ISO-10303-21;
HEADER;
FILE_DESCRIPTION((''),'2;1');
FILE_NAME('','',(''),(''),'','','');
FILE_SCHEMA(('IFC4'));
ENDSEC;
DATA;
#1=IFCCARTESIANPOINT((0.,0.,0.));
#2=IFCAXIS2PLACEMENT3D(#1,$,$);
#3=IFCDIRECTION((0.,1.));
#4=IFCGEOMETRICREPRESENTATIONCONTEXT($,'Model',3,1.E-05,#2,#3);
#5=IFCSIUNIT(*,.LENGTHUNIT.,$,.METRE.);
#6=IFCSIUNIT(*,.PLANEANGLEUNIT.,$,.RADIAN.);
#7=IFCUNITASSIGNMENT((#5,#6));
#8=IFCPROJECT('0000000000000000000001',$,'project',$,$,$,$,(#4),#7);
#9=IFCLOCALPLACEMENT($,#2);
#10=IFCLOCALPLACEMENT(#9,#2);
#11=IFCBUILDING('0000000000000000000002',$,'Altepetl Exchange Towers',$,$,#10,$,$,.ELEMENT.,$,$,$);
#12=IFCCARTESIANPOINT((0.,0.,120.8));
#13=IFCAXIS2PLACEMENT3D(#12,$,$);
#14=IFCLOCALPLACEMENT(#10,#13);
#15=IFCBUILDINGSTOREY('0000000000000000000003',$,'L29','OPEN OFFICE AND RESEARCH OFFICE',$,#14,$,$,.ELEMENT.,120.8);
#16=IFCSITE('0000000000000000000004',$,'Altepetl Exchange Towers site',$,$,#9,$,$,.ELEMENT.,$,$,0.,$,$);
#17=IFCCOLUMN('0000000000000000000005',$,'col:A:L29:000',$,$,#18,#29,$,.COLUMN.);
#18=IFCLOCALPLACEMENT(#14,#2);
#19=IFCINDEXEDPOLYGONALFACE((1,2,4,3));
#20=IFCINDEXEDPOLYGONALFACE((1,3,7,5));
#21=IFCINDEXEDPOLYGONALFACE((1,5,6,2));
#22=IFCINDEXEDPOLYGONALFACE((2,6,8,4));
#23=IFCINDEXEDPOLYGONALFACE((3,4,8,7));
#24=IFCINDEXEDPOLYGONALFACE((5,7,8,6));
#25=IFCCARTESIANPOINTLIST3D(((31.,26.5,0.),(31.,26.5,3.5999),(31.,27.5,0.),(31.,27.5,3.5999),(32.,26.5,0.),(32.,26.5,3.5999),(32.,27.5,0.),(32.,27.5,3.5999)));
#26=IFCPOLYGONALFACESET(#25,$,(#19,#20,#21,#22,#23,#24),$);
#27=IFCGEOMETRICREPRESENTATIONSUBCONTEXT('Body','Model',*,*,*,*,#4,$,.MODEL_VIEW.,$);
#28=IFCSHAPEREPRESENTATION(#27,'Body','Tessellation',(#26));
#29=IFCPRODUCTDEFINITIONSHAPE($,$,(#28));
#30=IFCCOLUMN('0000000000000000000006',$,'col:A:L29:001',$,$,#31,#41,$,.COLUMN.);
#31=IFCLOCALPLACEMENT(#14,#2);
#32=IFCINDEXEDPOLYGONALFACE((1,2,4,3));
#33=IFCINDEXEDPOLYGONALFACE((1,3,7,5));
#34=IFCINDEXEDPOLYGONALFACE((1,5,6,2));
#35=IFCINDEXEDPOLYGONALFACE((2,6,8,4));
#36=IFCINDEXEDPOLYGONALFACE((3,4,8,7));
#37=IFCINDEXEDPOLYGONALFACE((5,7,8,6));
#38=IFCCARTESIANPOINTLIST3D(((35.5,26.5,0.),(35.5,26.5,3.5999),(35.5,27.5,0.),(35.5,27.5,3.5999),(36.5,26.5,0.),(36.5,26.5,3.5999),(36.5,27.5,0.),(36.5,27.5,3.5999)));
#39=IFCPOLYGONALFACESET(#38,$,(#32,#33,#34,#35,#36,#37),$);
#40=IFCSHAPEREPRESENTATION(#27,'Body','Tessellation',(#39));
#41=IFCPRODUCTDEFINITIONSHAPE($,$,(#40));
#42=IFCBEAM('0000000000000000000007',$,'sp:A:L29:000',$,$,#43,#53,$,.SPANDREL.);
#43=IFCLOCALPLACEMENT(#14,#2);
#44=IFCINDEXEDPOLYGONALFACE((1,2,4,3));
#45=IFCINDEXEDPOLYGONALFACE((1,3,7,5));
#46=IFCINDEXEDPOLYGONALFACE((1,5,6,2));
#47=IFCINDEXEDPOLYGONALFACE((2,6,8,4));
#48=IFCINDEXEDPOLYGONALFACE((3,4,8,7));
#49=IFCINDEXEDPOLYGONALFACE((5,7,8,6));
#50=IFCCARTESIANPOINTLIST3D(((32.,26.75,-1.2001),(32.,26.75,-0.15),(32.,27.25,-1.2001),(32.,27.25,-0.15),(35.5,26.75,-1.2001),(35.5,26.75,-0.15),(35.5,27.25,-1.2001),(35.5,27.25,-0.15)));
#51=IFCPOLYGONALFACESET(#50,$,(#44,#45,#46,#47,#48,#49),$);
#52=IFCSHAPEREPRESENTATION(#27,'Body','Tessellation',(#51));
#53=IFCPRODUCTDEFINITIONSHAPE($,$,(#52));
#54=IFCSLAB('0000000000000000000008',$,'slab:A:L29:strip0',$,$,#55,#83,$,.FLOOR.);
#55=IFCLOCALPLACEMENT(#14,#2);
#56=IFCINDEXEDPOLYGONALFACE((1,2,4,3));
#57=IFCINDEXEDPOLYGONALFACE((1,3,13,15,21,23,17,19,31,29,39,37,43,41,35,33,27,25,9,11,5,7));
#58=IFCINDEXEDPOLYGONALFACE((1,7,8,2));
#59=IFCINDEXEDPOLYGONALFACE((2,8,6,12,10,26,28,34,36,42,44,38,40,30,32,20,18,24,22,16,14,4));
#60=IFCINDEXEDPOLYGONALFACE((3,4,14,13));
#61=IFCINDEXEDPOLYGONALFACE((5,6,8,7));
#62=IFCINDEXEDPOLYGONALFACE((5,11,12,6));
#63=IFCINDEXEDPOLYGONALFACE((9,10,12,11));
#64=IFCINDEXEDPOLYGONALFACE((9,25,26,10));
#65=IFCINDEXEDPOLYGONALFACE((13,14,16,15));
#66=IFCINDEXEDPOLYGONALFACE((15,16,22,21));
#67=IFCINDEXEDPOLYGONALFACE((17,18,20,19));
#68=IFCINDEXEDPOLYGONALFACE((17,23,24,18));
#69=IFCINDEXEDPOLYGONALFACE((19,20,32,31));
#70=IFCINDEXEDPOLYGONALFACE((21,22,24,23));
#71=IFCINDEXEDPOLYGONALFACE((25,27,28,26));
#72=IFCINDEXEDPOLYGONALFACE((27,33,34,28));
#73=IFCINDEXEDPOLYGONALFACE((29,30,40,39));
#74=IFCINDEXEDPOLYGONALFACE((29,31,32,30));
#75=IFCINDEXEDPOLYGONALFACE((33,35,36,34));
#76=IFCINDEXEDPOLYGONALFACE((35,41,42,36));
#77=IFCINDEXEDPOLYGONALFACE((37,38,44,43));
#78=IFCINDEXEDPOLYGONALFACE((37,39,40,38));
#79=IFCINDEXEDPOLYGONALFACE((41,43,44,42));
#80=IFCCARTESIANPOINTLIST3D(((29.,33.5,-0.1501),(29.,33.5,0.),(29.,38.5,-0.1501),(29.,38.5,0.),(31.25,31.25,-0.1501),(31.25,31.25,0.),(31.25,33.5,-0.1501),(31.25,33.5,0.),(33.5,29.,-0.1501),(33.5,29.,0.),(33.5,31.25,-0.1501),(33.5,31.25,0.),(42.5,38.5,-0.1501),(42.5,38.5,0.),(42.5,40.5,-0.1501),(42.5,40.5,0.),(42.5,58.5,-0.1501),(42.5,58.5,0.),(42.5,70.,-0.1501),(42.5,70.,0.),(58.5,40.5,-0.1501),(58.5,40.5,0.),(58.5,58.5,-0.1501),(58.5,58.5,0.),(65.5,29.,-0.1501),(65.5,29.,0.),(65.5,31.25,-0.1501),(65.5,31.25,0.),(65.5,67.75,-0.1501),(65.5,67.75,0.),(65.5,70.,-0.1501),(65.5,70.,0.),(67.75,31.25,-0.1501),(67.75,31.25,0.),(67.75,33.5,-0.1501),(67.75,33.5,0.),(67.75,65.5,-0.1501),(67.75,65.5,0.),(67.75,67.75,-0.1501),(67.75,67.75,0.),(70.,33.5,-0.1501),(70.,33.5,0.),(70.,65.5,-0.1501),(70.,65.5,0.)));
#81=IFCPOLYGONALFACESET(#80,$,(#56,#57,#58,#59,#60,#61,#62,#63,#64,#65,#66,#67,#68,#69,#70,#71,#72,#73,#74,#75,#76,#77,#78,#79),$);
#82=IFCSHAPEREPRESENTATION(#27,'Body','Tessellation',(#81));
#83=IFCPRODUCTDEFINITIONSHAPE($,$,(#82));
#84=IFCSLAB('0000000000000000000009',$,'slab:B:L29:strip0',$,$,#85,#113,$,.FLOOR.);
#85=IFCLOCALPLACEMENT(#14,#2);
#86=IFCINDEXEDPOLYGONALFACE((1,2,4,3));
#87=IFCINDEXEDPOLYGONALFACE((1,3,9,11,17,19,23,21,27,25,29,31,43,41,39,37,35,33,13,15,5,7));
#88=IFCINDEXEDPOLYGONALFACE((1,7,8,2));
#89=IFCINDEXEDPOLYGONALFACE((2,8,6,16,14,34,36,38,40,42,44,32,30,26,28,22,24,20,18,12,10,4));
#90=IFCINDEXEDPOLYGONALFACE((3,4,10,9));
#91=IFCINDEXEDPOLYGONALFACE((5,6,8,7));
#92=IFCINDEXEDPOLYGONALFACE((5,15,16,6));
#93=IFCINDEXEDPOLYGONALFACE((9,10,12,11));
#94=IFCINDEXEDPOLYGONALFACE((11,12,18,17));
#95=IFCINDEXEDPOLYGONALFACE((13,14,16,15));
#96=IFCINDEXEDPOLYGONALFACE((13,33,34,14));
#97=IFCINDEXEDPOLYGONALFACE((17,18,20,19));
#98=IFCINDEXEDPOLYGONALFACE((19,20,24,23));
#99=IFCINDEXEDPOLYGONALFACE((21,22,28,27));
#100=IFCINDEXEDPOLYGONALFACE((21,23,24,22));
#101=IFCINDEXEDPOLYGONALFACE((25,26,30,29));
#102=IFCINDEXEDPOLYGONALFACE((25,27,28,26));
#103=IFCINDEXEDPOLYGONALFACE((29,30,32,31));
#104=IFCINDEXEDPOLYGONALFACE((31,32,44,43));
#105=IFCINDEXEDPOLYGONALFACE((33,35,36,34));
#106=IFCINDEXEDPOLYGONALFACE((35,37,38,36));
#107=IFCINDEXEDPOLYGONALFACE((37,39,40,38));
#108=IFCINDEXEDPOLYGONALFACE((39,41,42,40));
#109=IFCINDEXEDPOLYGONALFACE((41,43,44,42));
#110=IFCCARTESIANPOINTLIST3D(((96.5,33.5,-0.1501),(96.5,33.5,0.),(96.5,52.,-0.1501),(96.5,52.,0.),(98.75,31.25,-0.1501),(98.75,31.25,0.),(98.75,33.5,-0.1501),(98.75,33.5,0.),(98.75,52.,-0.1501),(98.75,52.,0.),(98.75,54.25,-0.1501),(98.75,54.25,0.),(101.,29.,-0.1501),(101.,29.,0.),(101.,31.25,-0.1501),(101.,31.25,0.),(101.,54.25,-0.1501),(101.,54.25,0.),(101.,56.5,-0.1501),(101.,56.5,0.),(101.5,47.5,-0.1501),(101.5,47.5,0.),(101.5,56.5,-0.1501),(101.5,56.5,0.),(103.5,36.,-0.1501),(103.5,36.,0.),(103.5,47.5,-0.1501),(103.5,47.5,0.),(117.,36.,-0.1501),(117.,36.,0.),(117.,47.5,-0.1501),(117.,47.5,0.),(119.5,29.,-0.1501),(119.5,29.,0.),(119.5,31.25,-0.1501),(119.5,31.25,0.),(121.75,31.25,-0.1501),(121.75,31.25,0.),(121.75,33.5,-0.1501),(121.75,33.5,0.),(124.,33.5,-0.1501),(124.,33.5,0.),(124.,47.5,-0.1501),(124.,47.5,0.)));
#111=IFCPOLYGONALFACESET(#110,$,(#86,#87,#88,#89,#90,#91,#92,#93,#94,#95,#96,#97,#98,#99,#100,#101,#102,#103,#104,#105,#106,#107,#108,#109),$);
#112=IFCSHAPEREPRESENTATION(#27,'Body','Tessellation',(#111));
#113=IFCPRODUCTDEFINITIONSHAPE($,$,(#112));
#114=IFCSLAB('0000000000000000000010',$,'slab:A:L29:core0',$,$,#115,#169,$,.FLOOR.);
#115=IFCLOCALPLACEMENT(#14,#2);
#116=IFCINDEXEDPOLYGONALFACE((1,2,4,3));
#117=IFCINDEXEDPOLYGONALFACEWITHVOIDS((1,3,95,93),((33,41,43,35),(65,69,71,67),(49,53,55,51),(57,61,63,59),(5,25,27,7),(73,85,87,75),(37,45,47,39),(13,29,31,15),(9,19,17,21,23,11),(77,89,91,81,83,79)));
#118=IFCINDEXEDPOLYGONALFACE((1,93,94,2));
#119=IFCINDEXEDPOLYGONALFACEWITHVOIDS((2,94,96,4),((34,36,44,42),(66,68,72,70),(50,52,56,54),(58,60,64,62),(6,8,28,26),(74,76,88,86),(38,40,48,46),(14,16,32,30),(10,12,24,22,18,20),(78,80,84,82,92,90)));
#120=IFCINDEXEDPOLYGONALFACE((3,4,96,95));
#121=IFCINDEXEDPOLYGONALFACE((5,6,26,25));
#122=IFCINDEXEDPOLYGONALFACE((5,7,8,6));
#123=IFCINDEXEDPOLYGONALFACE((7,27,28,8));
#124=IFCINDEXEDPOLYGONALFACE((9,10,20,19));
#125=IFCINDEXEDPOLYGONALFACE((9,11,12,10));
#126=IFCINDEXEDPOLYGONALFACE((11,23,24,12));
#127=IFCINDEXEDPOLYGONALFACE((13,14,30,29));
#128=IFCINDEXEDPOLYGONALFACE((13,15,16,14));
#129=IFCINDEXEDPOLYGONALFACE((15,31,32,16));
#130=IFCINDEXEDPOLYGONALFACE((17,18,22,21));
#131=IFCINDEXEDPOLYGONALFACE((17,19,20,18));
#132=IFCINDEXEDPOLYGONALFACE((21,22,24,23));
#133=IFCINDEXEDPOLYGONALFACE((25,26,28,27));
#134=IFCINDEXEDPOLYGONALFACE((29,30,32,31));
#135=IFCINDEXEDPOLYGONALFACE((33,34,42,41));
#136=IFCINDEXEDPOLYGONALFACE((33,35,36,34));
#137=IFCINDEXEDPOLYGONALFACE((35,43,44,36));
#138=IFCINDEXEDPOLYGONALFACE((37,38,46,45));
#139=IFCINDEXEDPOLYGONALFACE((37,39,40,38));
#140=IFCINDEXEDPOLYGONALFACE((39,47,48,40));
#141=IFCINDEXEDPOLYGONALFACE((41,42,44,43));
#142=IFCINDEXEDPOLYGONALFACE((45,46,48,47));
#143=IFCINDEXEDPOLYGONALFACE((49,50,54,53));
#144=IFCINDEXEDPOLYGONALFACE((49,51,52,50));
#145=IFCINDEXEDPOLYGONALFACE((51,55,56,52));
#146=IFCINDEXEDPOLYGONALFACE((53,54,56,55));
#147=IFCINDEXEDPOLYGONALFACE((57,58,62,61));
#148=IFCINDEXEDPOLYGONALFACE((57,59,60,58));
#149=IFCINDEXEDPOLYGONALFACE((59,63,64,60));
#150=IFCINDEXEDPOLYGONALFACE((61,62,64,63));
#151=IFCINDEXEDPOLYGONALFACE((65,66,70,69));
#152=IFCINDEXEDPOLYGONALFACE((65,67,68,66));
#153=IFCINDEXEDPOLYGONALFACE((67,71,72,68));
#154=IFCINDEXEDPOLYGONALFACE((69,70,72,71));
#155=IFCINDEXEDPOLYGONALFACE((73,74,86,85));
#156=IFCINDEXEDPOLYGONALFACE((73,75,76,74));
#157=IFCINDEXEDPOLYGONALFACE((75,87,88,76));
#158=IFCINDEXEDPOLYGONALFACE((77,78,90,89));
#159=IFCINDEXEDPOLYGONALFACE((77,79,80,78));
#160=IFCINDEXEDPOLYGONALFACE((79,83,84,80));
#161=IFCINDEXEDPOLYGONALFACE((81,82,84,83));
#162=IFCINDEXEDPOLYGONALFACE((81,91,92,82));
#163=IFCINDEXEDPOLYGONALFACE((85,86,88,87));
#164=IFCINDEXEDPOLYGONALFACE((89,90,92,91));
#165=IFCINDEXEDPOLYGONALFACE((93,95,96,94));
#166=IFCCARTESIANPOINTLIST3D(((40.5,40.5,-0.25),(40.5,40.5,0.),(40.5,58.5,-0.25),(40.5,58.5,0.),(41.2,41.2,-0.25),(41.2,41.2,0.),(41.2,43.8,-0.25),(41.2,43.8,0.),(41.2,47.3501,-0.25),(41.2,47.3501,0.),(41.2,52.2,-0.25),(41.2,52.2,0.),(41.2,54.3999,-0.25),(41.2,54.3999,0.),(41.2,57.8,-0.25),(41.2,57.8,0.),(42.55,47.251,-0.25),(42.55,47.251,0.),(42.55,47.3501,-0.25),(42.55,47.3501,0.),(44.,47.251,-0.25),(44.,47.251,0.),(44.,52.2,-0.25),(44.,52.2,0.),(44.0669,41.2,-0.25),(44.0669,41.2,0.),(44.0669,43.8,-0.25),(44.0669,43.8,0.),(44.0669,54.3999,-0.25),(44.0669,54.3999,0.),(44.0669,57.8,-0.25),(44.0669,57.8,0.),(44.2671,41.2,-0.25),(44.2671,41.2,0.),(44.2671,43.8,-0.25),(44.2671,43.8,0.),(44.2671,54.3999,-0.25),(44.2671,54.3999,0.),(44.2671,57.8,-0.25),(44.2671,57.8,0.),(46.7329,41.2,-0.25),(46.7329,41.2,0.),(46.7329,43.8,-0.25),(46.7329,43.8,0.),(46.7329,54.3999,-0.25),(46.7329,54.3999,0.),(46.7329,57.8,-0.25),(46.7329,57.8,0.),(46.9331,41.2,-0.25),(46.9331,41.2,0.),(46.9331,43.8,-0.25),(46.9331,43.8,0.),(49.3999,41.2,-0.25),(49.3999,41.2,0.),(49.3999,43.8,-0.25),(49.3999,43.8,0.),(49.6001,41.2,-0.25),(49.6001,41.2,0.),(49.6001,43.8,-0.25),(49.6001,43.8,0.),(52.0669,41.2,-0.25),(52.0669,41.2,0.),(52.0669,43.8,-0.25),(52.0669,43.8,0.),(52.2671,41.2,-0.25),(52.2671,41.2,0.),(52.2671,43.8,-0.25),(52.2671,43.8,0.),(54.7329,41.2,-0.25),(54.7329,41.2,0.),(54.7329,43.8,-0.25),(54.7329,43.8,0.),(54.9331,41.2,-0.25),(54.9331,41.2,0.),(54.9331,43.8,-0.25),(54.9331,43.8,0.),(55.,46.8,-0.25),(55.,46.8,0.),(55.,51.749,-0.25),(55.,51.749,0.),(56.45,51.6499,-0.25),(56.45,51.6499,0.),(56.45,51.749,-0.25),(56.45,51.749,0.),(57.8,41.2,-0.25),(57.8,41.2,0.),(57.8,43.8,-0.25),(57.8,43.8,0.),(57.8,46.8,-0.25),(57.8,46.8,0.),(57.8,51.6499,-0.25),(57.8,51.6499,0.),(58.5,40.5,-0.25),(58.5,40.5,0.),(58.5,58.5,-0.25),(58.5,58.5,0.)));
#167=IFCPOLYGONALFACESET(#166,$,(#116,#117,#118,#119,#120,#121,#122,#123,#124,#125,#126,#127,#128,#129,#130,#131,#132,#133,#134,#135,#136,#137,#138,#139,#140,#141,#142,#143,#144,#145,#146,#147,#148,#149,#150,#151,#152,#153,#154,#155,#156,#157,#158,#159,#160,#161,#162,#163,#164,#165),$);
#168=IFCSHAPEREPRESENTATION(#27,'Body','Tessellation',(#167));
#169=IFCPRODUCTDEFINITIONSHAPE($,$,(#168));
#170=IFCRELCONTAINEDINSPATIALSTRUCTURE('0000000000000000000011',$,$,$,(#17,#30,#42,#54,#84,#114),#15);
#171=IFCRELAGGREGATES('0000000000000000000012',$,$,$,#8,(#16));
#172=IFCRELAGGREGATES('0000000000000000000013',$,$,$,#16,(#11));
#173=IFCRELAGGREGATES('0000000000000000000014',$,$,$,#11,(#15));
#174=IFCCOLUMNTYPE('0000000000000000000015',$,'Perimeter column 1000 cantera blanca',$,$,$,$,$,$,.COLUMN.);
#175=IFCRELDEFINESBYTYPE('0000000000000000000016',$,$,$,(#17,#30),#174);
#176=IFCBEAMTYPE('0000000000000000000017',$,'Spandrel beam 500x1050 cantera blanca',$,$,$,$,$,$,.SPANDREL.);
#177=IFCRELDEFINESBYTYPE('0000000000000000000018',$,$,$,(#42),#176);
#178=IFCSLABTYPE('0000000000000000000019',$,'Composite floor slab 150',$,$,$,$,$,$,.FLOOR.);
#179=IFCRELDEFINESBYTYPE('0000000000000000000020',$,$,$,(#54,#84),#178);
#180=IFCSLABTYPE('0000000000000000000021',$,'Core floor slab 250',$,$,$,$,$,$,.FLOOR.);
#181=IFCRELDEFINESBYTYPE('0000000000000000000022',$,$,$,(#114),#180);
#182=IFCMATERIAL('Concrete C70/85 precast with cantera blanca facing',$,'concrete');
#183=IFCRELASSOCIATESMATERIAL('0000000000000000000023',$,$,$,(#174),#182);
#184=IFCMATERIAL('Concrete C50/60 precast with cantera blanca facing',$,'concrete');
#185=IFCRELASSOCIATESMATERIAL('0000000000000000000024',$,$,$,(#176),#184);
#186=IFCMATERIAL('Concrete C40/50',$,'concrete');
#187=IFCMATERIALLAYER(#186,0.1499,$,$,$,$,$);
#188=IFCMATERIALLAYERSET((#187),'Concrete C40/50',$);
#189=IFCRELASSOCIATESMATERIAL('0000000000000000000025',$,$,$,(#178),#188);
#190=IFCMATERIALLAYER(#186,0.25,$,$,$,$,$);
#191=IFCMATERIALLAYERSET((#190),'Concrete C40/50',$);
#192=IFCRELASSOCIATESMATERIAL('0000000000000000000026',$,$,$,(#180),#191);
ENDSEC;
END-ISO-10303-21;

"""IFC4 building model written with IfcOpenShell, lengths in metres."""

from ifc_helpers import new_model, si_unit, direction, frame, origin, origin_2d, place, context, subcontext, project, spatial, polyline, rectangle, outline, extrude, material, layer, layer_set, material_profile, profile_set, type_object, element, save


model = new_model("IFC4")

# Units and contexts
model_context = context("Model", 3, precision=1e-05, world=origin(), true_north=direction((0.0, 1.0)))
body_context = subcontext(model_context, "Body", "Model", "MODEL_VIEW")
ifc_project = project(units=[si_unit("LENGTHUNIT", "METRE"), si_unit("PLANEANGLEUNIT", "RADIAN")], contexts=[model_context])

# Site, building, storey
site_placement = place(None, origin())
site = spatial("IfcSite", under=ifc_project, at=site_placement, Name="Altepetl Exchange Towers site", CompositionType="ELEMENT", RefElevation=0.0)
building_placement = place(site_placement, origin())
building = spatial("IfcBuilding", under=site, at=building_placement, Name="Altepetl Exchange Towers", CompositionType="ELEMENT")
storey_placement = place(building_placement, frame((0.0, 0.0, 120.8)))
storey = spatial("IfcBuildingStorey", under=building, at=storey_placement, Name="L29", Description="OPEN OFFICE AND RESEARCH OFFICE", CompositionType="ELEMENT", Elevation=120.8)

# Columns
ifc_material_1 = material(Name="Concrete C70/85 precast with cantera blanca facing", Category="concrete")
ifc_material_profile_1 = material_profile(ifc_material_1, rectangle(XDim=1.0, YDim=1.0, at=origin_2d()), Name="1000 x 1000")
ifc_profile_set_1 = profile_set([ifc_material_profile_1], Name="Concrete C70/85 precast with cantera blanca facing")
column_type = type_object("IfcColumnType", Name="Perimeter column 1000 cantera blanca", PredefinedType="COLUMN", material=ifc_profile_set_1)
for number, where, name in (
    (1, (31.5, 27.0, 0.0), "col:A:L29:000"),
    (2, (36.0, 27.0, 0.0), "col:A:L29:001"),
):
    element("IfcColumn", number, at=place(storey_placement, frame(where)), inside=storey, type_object=column_type, Name=name, PredefinedType="COLUMN", context=body_context, shape_type="SweptSolid", body=[
        extrude(rectangle(XDim=1.0, YDim=1.0, at=origin_2d()), origin(), (0.0, 0.0, 1.0), 3.5999),
    ])

# Beam
ifc_material_2 = material(Name="Concrete C50/60 precast with cantera blanca facing", Category="concrete")
ifc_material_profile_2 = material_profile(ifc_material_2, rectangle(XDim=0.5, YDim=1.05, at=origin_2d()), Name="500 x 1050")
ifc_profile_set_2 = profile_set([ifc_material_profile_2], Name="Concrete C50/60 precast with cantera blanca facing")
beam_type = type_object("IfcBeamType", Name="Spandrel beam 500x1050 cantera blanca", PredefinedType="SPANDREL", material=ifc_profile_set_2)
beam_placement = place(storey_placement, frame((32.0, 27.0, -0.675), z_axis=(1.0, 0.0, 0.0), x_axis=(0.0, 1.0, 0.0)))
element("IfcBeam", 3, at=beam_placement, inside=storey, type_object=beam_type, Name="sp:A:L29:000", PredefinedType="SPANDREL", context=body_context, shape_type="SweptSolid", body=[
    extrude(rectangle(XDim=0.5, YDim=1.05, at=origin_2d()), origin(), (0.0, 0.0, 1.0), 3.5),
])

# Slabs
ifc_material_3 = material(Name="Concrete C40/50", Category="concrete")
ifc_layer_1 = layer(ifc_material_3, 0.1499)
ifc_layer_set_1 = layer_set([ifc_layer_1], Name="Concrete C40/50")
slab_type_1 = type_object("IfcSlabType", Name="Composite floor slab 150", PredefinedType="FLOOR", material=ifc_layer_set_1)
slab_1_placement = place(storey_placement, frame((0.0, 0.0, -0.1501)))
element("IfcSlab", 4, at=slab_1_placement, inside=storey, type_object=slab_type_1, Name="slab:A:L29:strip0", PredefinedType="FLOOR", context=body_context, shape_type="SweptSolid", body=[
    extrude(outline(polyline([(42.5, 70.0), (42.5, 58.5), (58.5, 58.5), (58.5, 40.5), (42.5, 40.5), (42.5, 38.5), (29.0, 38.5), (29.0, 33.5), (31.25, 33.5), (31.25, 31.25), (33.5, 31.25), (33.5, 29.0), (65.5, 29.0), (65.5, 31.25), (67.75, 31.25), (67.75, 33.5), (70.0, 33.5), (70.0, 65.5), (67.75, 65.5), (67.75, 67.75), (65.5, 67.75), (65.5, 70.0), (42.5, 70.0)])), origin(), (0.0, 0.0, 1.0), 0.1501),
])
slab_2_placement = place(storey_placement, frame((0.0, 0.0, -0.1501)))
element("IfcSlab", 5, at=slab_2_placement, inside=storey, type_object=slab_type_1, Name="slab:B:L29:strip0", PredefinedType="FLOOR", context=body_context, shape_type="SweptSolid", body=[
    extrude(outline(polyline([(98.75, 54.25), (98.75, 52.0), (96.5, 52.0), (96.5, 33.5), (98.75, 33.5), (98.75, 31.25), (101.0, 31.25), (101.0, 29.0), (119.5, 29.0), (119.5, 31.25), (121.75, 31.25), (121.75, 33.5), (124.0, 33.5), (124.0, 47.5), (117.0, 47.5), (117.0, 36.0), (103.5, 36.0), (103.5, 47.5), (101.5, 47.5), (101.5, 56.5), (101.0, 56.5), (101.0, 54.25), (98.75, 54.25)])), origin(), (0.0, 0.0, 1.0), 0.1501),
])
ifc_layer_2 = layer(ifc_material_3, 0.25)
ifc_layer_set_2 = layer_set([ifc_layer_2], Name="Concrete C40/50")
slab_type_2 = type_object("IfcSlabType", Name="Core floor slab 250", PredefinedType="FLOOR", material=ifc_layer_set_2)
slab_3_placement = place(storey_placement, frame((0.0, 0.0, -0.25)))
element("IfcSlab", 6, at=slab_3_placement, inside=storey, type_object=slab_type_2, Name="slab:A:L29:core0", PredefinedType="FLOOR", context=body_context, shape_type="SweptSolid", body=[
    extrude(outline(polyline([(40.5, 40.5), (58.5, 40.5), (58.5, 58.5), (40.5, 58.5), (40.5, 40.5)]), holes=[polyline([(41.2, 43.8), (44.0669, 43.8), (44.0669, 41.2), (41.2, 41.2), (41.2, 43.8)]), polyline([(44.2671, 43.8), (46.7329, 43.8), (46.7329, 41.2), (44.2671, 41.2), (44.2671, 43.8)]), polyline([(46.9331, 43.8), (49.3999, 43.8), (49.3999, 41.2), (46.9331, 41.2), (46.9331, 43.8)]), polyline([(52.0669, 43.8), (52.0669, 41.2), (49.6001, 41.2), (49.6001, 43.8), (52.0669, 43.8)]), polyline([(54.7329, 43.8), (54.7329, 41.2), (52.2671, 41.2), (52.2671, 43.8), (54.7329, 43.8)]), polyline([(54.9331, 43.8), (57.8, 43.8), (57.8, 41.2), (54.9331, 41.2), (54.9331, 43.8)]), polyline([(55.0, 51.749), (56.45, 51.749), (56.45, 51.6499), (57.8, 51.6499), (57.8, 46.8), (55.0, 46.8), (55.0, 51.749)]), polyline([(44.0, 47.251), (42.55, 47.251), (42.55, 47.3501), (41.2, 47.3501), (41.2, 52.2), (44.0, 52.2), (44.0, 47.251)]), polyline([(44.0669, 57.8), (44.0669, 54.3999), (41.2, 54.3999), (41.2, 57.8), (44.0669, 57.8)]), polyline([(46.7329, 57.8), (46.7329, 54.3999), (44.2671, 54.3999), (44.2671, 57.8), (46.7329, 57.8)])]), origin(), (0.0, 0.0, 1.0), 0.25),
])

save(model, "model.ifc")
